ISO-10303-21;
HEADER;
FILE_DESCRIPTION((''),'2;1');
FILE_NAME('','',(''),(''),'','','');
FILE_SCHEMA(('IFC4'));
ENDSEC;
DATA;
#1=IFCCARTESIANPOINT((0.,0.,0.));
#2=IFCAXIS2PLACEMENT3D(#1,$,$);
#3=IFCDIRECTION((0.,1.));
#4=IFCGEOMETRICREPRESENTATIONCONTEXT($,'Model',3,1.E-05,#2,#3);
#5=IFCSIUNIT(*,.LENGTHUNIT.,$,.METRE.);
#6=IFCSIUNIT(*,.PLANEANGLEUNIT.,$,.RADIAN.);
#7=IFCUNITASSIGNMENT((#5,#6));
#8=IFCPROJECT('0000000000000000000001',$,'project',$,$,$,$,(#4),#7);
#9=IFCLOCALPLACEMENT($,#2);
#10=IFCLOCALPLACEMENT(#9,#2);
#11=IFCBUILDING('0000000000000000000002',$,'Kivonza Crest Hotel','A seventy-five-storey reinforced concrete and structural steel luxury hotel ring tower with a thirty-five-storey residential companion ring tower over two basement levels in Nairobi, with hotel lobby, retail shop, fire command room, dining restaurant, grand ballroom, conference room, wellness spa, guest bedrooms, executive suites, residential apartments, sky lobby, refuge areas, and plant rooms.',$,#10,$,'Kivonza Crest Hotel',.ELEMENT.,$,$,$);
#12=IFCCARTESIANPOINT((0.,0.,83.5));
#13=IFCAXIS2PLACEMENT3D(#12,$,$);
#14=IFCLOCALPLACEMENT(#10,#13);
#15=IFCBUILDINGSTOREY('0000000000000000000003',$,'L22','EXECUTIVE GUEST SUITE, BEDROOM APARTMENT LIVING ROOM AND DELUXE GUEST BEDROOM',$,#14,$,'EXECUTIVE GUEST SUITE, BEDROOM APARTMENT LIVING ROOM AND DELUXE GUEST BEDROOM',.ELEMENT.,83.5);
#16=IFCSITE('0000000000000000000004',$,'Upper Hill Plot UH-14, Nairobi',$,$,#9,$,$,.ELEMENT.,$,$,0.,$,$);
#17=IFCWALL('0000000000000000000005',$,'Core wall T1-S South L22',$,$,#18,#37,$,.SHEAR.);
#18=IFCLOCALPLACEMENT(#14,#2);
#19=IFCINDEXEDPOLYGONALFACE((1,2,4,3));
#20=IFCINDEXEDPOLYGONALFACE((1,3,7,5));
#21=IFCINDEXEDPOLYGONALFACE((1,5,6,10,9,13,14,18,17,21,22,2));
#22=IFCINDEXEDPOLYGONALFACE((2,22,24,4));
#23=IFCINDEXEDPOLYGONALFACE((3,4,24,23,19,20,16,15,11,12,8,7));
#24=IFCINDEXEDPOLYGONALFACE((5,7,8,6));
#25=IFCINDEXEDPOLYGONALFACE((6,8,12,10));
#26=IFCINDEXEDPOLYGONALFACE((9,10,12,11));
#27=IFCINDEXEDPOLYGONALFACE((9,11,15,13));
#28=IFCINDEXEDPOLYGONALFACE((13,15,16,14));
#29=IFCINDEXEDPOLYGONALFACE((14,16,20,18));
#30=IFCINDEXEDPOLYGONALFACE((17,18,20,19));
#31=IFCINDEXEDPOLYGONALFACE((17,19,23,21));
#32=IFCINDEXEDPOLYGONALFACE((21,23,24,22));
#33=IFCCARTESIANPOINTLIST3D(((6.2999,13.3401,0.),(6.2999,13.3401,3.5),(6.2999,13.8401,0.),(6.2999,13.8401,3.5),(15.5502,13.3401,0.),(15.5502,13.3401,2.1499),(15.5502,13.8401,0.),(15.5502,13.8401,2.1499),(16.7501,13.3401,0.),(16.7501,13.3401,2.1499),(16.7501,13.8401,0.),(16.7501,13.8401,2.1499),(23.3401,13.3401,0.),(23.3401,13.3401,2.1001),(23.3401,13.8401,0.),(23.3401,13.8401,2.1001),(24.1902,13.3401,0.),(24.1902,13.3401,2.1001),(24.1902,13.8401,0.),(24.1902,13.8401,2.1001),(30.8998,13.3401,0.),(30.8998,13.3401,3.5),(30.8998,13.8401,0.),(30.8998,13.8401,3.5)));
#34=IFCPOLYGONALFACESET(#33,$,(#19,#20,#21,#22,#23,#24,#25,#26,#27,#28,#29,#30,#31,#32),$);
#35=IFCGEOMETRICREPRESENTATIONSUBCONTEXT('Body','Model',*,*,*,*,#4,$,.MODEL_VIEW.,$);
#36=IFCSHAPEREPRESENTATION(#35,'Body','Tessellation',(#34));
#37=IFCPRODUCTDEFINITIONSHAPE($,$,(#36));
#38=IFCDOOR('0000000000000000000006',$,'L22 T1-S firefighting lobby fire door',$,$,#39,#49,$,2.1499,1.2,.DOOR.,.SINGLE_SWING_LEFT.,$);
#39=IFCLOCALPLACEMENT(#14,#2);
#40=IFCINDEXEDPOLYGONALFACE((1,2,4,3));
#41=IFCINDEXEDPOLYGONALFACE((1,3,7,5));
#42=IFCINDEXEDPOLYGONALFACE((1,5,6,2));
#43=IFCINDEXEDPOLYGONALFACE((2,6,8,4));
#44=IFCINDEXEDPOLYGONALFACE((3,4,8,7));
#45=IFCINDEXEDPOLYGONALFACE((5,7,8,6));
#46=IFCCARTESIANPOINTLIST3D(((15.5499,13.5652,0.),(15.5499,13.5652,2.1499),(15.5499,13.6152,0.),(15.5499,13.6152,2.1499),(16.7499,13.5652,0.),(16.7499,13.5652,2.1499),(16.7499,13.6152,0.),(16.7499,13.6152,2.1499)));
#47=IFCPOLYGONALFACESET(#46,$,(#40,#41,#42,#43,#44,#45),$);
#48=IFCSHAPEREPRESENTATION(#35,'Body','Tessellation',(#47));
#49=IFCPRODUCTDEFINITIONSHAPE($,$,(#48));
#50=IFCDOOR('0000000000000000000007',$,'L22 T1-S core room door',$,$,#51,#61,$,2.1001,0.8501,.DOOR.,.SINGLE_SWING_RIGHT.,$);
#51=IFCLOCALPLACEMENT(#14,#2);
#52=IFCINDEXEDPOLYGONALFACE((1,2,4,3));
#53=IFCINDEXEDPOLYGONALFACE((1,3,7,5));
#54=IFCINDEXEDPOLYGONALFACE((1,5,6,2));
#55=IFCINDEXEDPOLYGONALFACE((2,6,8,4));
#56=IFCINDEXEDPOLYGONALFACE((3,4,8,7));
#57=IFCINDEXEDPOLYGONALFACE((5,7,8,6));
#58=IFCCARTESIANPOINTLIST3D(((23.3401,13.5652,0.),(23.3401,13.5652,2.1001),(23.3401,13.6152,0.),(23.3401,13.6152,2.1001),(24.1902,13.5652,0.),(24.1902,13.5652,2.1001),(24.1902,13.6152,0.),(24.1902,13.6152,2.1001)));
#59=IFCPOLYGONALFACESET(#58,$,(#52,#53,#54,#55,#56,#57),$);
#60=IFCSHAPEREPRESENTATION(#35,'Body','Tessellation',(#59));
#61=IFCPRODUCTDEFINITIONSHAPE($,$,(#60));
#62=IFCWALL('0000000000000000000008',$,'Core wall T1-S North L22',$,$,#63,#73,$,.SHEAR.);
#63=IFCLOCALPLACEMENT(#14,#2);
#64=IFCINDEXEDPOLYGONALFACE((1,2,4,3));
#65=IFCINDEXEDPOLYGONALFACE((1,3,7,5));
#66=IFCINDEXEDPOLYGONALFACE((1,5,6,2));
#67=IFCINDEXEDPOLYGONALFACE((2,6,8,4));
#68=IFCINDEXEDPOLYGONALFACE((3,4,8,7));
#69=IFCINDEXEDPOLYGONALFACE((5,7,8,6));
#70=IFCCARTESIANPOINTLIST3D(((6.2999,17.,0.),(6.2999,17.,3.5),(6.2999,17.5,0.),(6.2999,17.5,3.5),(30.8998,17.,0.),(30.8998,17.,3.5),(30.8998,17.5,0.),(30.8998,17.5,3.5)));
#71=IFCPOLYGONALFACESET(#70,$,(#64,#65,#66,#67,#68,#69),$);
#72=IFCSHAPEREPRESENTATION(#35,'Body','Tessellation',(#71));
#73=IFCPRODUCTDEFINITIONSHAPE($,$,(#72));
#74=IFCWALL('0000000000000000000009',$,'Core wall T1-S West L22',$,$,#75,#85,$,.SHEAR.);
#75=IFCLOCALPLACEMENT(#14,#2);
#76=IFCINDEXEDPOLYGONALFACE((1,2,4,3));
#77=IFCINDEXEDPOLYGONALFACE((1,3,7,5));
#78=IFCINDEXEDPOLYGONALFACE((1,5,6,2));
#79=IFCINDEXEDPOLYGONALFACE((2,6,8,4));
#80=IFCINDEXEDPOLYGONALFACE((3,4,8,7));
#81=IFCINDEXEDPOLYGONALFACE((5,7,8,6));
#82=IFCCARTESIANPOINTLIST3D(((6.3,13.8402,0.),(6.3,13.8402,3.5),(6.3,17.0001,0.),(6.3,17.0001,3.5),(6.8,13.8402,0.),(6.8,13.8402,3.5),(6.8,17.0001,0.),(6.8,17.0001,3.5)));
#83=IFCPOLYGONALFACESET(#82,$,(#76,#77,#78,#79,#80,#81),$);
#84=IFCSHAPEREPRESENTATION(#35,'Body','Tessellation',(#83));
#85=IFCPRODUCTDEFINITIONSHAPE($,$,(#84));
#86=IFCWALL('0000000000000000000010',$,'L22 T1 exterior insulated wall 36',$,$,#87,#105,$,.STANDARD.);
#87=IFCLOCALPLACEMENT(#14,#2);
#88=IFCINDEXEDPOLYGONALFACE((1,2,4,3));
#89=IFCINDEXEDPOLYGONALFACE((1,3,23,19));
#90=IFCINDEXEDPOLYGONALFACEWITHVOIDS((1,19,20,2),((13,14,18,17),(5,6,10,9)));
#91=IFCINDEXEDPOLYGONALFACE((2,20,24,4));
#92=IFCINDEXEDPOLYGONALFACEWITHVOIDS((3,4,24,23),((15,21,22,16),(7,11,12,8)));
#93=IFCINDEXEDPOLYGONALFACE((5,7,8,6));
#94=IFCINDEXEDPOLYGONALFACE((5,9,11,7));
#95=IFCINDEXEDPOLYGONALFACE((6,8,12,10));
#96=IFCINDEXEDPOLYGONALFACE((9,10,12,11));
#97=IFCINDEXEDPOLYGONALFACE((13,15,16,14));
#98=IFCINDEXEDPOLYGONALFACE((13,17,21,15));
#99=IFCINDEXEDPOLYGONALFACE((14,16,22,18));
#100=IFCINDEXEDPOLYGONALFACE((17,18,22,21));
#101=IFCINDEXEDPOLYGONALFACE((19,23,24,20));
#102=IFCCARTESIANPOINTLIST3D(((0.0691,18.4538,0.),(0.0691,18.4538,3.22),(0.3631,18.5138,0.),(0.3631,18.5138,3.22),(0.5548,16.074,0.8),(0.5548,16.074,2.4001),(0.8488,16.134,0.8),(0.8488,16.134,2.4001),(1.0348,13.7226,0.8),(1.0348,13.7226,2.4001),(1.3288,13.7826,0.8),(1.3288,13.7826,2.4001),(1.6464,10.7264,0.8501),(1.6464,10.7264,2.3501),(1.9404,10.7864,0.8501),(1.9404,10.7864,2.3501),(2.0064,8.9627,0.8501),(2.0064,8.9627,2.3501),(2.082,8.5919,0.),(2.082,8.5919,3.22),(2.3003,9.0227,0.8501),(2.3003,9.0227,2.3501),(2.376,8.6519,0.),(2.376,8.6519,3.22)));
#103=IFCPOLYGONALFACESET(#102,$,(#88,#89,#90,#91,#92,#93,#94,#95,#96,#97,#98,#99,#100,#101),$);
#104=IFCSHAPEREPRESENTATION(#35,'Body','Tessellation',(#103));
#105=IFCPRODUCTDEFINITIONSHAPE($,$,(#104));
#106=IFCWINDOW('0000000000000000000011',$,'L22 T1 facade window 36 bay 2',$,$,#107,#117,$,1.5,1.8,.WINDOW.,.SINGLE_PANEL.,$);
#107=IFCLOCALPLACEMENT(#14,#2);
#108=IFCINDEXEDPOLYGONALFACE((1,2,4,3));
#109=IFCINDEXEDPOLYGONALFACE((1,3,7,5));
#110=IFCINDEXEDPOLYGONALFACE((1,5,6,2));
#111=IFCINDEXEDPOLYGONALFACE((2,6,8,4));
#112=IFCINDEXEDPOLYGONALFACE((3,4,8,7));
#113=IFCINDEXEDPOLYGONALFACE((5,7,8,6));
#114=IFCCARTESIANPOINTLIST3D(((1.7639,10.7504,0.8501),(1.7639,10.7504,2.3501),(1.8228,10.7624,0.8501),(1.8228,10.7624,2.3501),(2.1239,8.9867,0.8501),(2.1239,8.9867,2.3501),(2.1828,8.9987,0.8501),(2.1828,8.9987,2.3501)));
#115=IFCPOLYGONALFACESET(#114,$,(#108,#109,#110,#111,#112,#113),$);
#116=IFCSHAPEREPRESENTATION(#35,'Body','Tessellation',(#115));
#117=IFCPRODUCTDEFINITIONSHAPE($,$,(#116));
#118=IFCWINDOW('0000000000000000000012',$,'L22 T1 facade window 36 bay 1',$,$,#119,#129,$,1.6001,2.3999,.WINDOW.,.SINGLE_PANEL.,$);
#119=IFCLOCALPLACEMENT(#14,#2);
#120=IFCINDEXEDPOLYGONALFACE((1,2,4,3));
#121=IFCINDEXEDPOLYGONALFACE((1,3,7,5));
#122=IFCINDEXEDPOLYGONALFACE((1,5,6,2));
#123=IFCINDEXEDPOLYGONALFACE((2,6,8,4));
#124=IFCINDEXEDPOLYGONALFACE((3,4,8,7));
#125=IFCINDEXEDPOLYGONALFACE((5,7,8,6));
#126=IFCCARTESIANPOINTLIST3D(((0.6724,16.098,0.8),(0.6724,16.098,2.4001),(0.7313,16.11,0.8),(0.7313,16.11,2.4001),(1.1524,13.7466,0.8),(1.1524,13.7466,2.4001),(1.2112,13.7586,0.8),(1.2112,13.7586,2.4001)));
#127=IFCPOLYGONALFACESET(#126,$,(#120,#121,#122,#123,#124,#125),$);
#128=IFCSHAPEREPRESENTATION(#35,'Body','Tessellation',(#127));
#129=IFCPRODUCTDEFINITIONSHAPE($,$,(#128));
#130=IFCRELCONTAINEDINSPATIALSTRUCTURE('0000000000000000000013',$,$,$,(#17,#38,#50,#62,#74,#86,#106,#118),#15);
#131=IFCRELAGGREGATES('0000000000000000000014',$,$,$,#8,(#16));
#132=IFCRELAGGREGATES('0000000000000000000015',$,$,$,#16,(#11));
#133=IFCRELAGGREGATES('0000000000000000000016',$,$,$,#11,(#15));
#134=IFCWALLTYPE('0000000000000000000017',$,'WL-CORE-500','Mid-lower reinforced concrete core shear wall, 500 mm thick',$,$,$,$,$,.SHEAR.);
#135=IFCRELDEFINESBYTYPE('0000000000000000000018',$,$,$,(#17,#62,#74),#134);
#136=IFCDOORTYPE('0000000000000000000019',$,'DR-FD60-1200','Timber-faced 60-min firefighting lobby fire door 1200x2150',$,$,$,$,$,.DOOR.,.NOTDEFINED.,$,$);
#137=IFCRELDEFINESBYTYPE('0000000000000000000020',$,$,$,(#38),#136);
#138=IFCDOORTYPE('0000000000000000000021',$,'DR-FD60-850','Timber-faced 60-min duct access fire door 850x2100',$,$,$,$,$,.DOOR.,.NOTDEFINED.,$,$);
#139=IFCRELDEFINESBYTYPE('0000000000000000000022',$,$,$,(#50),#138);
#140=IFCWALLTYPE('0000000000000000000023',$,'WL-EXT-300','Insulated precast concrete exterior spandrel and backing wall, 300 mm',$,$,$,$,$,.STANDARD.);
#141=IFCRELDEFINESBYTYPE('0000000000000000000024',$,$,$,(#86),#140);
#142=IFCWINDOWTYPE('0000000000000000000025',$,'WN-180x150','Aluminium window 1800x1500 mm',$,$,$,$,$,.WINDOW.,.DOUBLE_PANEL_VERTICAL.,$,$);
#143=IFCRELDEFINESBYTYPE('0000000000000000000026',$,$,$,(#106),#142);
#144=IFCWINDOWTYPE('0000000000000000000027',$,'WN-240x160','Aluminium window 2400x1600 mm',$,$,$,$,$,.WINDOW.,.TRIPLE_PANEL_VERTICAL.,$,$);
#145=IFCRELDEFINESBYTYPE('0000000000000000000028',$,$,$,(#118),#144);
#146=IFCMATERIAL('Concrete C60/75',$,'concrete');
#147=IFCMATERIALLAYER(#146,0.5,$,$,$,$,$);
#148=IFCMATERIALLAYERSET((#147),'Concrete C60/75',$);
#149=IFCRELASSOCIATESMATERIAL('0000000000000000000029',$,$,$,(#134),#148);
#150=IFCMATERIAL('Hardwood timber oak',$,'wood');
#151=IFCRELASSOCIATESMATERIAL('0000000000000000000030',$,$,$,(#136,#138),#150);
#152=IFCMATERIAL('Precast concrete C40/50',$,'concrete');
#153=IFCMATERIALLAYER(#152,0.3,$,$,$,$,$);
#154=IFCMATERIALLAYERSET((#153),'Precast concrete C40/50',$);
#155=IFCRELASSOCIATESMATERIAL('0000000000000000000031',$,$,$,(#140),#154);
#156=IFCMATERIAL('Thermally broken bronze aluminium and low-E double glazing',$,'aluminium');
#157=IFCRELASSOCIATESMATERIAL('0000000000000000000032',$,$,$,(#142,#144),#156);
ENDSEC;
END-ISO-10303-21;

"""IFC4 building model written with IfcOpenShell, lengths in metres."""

from ifc_helpers import new_model, si_unit, direction, frame, frame_2d, origin, place, context, subcontext, project, spatial, rectangle, extrude, material, layer, layer_set, type_object, element, fill, save


model = new_model("IFC4")

# Units and contexts
model_context = context("Model", 3, precision=1e-05, world=origin(), true_north=direction((0.0, 1.0)))
body_context = subcontext(model_context, "Body", "Model", "MODEL_VIEW")
ifc_project = project(units=[si_unit("LENGTHUNIT", "METRE"), si_unit("PLANEANGLEUNIT", "RADIAN")], contexts=[model_context])

# Site, building, storey
site_placement = place(None, origin())
site = spatial("IfcSite", under=ifc_project, at=site_placement, Name="Upper Hill Plot UH-14, Nairobi", CompositionType="ELEMENT", RefElevation=0.0)
building_placement = place(site_placement, origin())
building = spatial("IfcBuilding", under=site, at=building_placement, Name="Kivonza Crest Hotel", Description="A seventy-five-storey reinforced concrete and structural steel luxury hotel ring tower with a thirty-five-storey residential companion ring tower over two basement levels in Nairobi, with hotel lobby, retail shop, fire command room, dining restaurant, grand ballroom, conference room, wellness spa, guest bedrooms, executive suites, residential apartments, sky lobby, refuge areas, and plant rooms.", LongName="Kivonza Crest Hotel", CompositionType="ELEMENT")
storey_placement = place(building_placement, frame((0.0, 0.0, 83.5)))
storey = spatial("IfcBuildingStorey", under=building, at=storey_placement, Name="L22", Description="EXECUTIVE GUEST SUITE, BEDROOM APARTMENT LIVING ROOM AND DELUXE GUEST BEDROOM", LongName="EXECUTIVE GUEST SUITE, BEDROOM APARTMENT LIVING ROOM AND DELUXE GUEST BEDROOM", CompositionType="ELEMENT", Elevation=83.5)

# Shared definitions
ifc_material_1 = material(Name="Hardwood timber oak", Category="wood")

# Wall, openings, doors
ifc_material_2 = material(Name="Concrete C60/75", Category="concrete")
ifc_layer_1 = layer(ifc_material_2, 0.5)
ifc_layer_set_1 = layer_set([ifc_layer_1], Name="Concrete C60/75")
wall_type_1 = type_object("IfcWallType", Name="WL-CORE-500", Description="Mid-lower reinforced concrete core shear wall, 500 mm thick", PredefinedType="SHEAR", material=ifc_layer_set_1)
wall_1_placement = place(storey_placement, frame((6.3, 13.5901, 0.0), z_axis=(0.0, 0.0, 1.0), x_axis=(1.0, 0.0, 0.0)))
wall_1 = element("IfcWall", 1, at=wall_1_placement, inside=storey, type_object=wall_type_1, Name="Core wall T1-S South L22", PredefinedType="SHEAR", context=body_context, shape_type="SweptSolid", body=[
    extrude(rectangle(XDim=24.5999, YDim=0.5, at=frame_2d((12.2998, 0.0))), origin(), (0.0, 0.0, 1.0), 3.5),
])
opening_1_placement = place(wall_1_placement, frame((9.25, 0.0, 0.0)))
opening_1 = element("IfcOpeningElement", 2, at=opening_1_placement, cuts=wall_1, PredefinedType="OPENING", context=body_context, shape_type="SweptSolid", body=[
    extrude(rectangle(XDim=1.2, YDim=2.1499, at=frame_2d((0.6001, 1.075))), frame((0.0, 0.26, 0.0), z_axis=(0.0, -1.0, 0.0), x_axis=(1.0, 0.0, 0.0)), (0.0, 0.0, 1.0), 0.52),
])
opening_2_placement = place(wall_1_placement, frame((17.04, 0.0, 0.0)))
opening_2 = element("IfcOpeningElement", 3, at=opening_2_placement, cuts=wall_1, PredefinedType="OPENING", context=body_context, shape_type="SweptSolid", body=[
    extrude(rectangle(XDim=0.8501, YDim=2.1001, at=frame_2d((0.425, 1.05))), frame((0.0, 0.26, 0.0), z_axis=(0.0, -1.0, 0.0), x_axis=(1.0, 0.0, 0.0)), (0.0, 0.0, 1.0), 0.52),
])
door_type_1 = type_object("IfcDoorType", Name="DR-FD60-1200", Description="Timber-faced 60-min firefighting lobby fire door 1200x2150", OperationType="NOTDEFINED", PredefinedType="DOOR", material=ifc_material_1)
door_1_placement = place(opening_1_placement, frame((1.2, 0.0, 0.0), z_axis=(0.0, 0.0, 1.0), x_axis=(-1.0, 0.0, 0.0)))
door_1 = element("IfcDoor", 4, at=door_1_placement, inside=storey, type_object=door_type_1, Name="L22 T1-S firefighting lobby fire door", OperationType="SINGLE_SWING_LEFT", OverallHeight=2.1499, OverallWidth=1.2, PredefinedType="DOOR", context=body_context, shape_type="SweptSolid", body=[
    extrude(rectangle(XDim=1.2, YDim=2.1499, at=frame_2d((0.6001, 1.075))), frame((0.0, 0.0249, 0.0), z_axis=(0.0, -1.0, 0.0), x_axis=(1.0, 0.0, 0.0)), (0.0, 0.0, 1.0), 0.05),
])
fill(opening_1, door_1)
door_type_2 = type_object("IfcDoorType", Name="DR-FD60-850", Description="Timber-faced 60-min duct access fire door 850x2100", OperationType="NOTDEFINED", PredefinedType="DOOR", material=ifc_material_1)
door_2_placement = place(opening_2_placement, frame((0.8501, 0.0, 0.0), z_axis=(0.0, 0.0, 1.0), x_axis=(-1.0, 0.0, 0.0)))
door_2 = element("IfcDoor", 5, at=door_2_placement, inside=storey, type_object=door_type_2, Name="L22 T1-S core room door", OperationType="SINGLE_SWING_RIGHT", OverallHeight=2.1001, OverallWidth=0.8501, PredefinedType="DOOR", context=body_context, shape_type="SweptSolid", body=[
    extrude(rectangle(XDim=0.8501, YDim=2.1001, at=frame_2d((0.425, 1.05))), frame((0.0, 0.0249, 0.0), z_axis=(0.0, -1.0, 0.0), x_axis=(1.0, 0.0, 0.0)), (0.0, 0.0, 1.0), 0.05),
])
fill(opening_2, door_2)

# Walls
wall_2_placement = place(storey_placement, frame((6.3, 17.25, 0.0), z_axis=(0.0, 0.0, 1.0), x_axis=(1.0, 0.0, 0.0)))
element("IfcWall", 6, at=wall_2_placement, inside=storey, type_object=wall_type_1, Name="Core wall T1-S North L22", PredefinedType="SHEAR", context=body_context, shape_type="SweptSolid", body=[
    extrude(rectangle(XDim=24.5999, YDim=0.5, at=frame_2d((12.2998, 0.0))), origin(), (0.0, 0.0, 1.0), 3.5),
])
wall_3_placement = place(storey_placement, frame((6.55, 13.8401, 0.0), z_axis=(0.0, 0.0, 1.0), x_axis=(0.0, 1.0, 0.0)))
element("IfcWall", 7, at=wall_3_placement, inside=storey, type_object=wall_type_1, Name="Core wall T1-S West L22", PredefinedType="SHEAR", context=body_context, shape_type="SweptSolid", body=[
    extrude(rectangle(XDim=3.1599, YDim=0.5, at=frame_2d((1.5801, 0.0))), origin(), (0.0, 0.0, 1.0), 3.5),
])

# Wall, openings, windows
ifc_material_3 = material(Name="Precast concrete C40/50", Category="concrete")
ifc_layer_2 = layer(ifc_material_3, 0.3)
ifc_layer_set_2 = layer_set([ifc_layer_2], Name="Precast concrete C40/50")
wall_type_2 = type_object("IfcWallType", Name="WL-EXT-300", Description="Insulated precast concrete exterior spandrel and backing wall, 300 mm", PredefinedType="STANDARD", material=ifc_layer_set_2)
wall_4_placement = place(storey_placement, frame((0.2161, 18.4839, 0.0), z_axis=(0.0, 0.0, 1.0), x_axis=(0.199991, -0.979798, 0.0)))
wall_4 = element("IfcWall", 8, at=wall_4_placement, inside=storey, type_object=wall_type_2, Name="L22 T1 exterior insulated wall 36", PredefinedType="STANDARD", context=body_context, shape_type="SweptSolid", body=[
    extrude(rectangle(XDim=10.0652, YDim=0.3, at=frame_2d((5.0327, 0.0))), origin(), (0.0, 0.0, 1.0), 3.22),
])
opening_3_placement = place(wall_4_placement, frame((2.429, 0.0, 0.8)))
opening_3 = element("IfcOpeningElement", 9, at=opening_3_placement, cuts=wall_4, PredefinedType="OPENING", context=body_context, shape_type="SweptSolid", body=[
    extrude(rectangle(XDim=2.3999, YDim=1.6001, at=frame_2d((1.2, 0.8))), frame((0.0, 0.1602, 0.0), z_axis=(0.0, -1.0, 0.0), x_axis=(1.0, 0.0, 0.0)), (0.0, 0.0, 1.0), 0.3201),
])
opening_4_placement = place(wall_4_placement, frame((7.887, 0.0, 0.8501)))
opening_4 = element("IfcOpeningElement", 10, at=opening_4_placement, cuts=wall_4, PredefinedType="OPENING", context=body_context, shape_type="SweptSolid", body=[
    extrude(rectangle(XDim=1.8, YDim=1.5, at=frame_2d((0.8999, 0.75))), frame((0.0, 0.1602, 0.0), z_axis=(0.0, -1.0, 0.0), x_axis=(1.0, 0.0, 0.0)), (0.0, 0.0, 1.0), 0.3201),
])
ifc_material_4 = material(Name="Thermally broken bronze aluminium and low-E double glazing", Category="aluminium")
window_type_1 = type_object("IfcWindowType", Name="WN-180x150", Description="Aluminium window 1800x1500 mm", PartitioningType="DOUBLE_PANEL_VERTICAL", PredefinedType="WINDOW", material=ifc_material_4)
window_1_placement = place(opening_4_placement, origin())
window_1 = element("IfcWindow", 11, at=window_1_placement, inside=storey, type_object=window_type_1, Name="L22 T1 facade window 36 bay 2", OverallHeight=1.5, OverallWidth=1.8, PartitioningType="SINGLE_PANEL", PredefinedType="WINDOW", context=body_context, shape_type="SweptSolid", body=[
    extrude(rectangle(XDim=1.8, YDim=1.5, at=frame_2d((0.8999, 0.75))), frame((0.0, 0.03, 0.0), z_axis=(0.0, -1.0, 0.0), x_axis=(1.0, 0.0, 0.0)), (0.0, 0.0, 1.0), 0.0601),
])
fill(opening_4, window_1)
window_type_2 = type_object("IfcWindowType", Name="WN-240x160", Description="Aluminium window 2400x1600 mm", PartitioningType="TRIPLE_PANEL_VERTICAL", PredefinedType="WINDOW", material=ifc_material_4)
window_2_placement = place(opening_3_placement, origin())
window_2 = element("IfcWindow", 12, at=window_2_placement, inside=storey, type_object=window_type_2, Name="L22 T1 facade window 36 bay 1", OverallHeight=1.6001, OverallWidth=2.3999, PartitioningType="SINGLE_PANEL", PredefinedType="WINDOW", context=body_context, shape_type="SweptSolid", body=[
    extrude(rectangle(XDim=2.3999, YDim=1.6001, at=frame_2d((1.2, 0.8))), frame((0.0, 0.03, 0.0), z_axis=(0.0, -1.0, 0.0), x_axis=(1.0, 0.0, 0.0)), (0.0, 0.0, 1.0), 0.0601),
])
fill(opening_3, window_2)

save(model, "model.ifc")
